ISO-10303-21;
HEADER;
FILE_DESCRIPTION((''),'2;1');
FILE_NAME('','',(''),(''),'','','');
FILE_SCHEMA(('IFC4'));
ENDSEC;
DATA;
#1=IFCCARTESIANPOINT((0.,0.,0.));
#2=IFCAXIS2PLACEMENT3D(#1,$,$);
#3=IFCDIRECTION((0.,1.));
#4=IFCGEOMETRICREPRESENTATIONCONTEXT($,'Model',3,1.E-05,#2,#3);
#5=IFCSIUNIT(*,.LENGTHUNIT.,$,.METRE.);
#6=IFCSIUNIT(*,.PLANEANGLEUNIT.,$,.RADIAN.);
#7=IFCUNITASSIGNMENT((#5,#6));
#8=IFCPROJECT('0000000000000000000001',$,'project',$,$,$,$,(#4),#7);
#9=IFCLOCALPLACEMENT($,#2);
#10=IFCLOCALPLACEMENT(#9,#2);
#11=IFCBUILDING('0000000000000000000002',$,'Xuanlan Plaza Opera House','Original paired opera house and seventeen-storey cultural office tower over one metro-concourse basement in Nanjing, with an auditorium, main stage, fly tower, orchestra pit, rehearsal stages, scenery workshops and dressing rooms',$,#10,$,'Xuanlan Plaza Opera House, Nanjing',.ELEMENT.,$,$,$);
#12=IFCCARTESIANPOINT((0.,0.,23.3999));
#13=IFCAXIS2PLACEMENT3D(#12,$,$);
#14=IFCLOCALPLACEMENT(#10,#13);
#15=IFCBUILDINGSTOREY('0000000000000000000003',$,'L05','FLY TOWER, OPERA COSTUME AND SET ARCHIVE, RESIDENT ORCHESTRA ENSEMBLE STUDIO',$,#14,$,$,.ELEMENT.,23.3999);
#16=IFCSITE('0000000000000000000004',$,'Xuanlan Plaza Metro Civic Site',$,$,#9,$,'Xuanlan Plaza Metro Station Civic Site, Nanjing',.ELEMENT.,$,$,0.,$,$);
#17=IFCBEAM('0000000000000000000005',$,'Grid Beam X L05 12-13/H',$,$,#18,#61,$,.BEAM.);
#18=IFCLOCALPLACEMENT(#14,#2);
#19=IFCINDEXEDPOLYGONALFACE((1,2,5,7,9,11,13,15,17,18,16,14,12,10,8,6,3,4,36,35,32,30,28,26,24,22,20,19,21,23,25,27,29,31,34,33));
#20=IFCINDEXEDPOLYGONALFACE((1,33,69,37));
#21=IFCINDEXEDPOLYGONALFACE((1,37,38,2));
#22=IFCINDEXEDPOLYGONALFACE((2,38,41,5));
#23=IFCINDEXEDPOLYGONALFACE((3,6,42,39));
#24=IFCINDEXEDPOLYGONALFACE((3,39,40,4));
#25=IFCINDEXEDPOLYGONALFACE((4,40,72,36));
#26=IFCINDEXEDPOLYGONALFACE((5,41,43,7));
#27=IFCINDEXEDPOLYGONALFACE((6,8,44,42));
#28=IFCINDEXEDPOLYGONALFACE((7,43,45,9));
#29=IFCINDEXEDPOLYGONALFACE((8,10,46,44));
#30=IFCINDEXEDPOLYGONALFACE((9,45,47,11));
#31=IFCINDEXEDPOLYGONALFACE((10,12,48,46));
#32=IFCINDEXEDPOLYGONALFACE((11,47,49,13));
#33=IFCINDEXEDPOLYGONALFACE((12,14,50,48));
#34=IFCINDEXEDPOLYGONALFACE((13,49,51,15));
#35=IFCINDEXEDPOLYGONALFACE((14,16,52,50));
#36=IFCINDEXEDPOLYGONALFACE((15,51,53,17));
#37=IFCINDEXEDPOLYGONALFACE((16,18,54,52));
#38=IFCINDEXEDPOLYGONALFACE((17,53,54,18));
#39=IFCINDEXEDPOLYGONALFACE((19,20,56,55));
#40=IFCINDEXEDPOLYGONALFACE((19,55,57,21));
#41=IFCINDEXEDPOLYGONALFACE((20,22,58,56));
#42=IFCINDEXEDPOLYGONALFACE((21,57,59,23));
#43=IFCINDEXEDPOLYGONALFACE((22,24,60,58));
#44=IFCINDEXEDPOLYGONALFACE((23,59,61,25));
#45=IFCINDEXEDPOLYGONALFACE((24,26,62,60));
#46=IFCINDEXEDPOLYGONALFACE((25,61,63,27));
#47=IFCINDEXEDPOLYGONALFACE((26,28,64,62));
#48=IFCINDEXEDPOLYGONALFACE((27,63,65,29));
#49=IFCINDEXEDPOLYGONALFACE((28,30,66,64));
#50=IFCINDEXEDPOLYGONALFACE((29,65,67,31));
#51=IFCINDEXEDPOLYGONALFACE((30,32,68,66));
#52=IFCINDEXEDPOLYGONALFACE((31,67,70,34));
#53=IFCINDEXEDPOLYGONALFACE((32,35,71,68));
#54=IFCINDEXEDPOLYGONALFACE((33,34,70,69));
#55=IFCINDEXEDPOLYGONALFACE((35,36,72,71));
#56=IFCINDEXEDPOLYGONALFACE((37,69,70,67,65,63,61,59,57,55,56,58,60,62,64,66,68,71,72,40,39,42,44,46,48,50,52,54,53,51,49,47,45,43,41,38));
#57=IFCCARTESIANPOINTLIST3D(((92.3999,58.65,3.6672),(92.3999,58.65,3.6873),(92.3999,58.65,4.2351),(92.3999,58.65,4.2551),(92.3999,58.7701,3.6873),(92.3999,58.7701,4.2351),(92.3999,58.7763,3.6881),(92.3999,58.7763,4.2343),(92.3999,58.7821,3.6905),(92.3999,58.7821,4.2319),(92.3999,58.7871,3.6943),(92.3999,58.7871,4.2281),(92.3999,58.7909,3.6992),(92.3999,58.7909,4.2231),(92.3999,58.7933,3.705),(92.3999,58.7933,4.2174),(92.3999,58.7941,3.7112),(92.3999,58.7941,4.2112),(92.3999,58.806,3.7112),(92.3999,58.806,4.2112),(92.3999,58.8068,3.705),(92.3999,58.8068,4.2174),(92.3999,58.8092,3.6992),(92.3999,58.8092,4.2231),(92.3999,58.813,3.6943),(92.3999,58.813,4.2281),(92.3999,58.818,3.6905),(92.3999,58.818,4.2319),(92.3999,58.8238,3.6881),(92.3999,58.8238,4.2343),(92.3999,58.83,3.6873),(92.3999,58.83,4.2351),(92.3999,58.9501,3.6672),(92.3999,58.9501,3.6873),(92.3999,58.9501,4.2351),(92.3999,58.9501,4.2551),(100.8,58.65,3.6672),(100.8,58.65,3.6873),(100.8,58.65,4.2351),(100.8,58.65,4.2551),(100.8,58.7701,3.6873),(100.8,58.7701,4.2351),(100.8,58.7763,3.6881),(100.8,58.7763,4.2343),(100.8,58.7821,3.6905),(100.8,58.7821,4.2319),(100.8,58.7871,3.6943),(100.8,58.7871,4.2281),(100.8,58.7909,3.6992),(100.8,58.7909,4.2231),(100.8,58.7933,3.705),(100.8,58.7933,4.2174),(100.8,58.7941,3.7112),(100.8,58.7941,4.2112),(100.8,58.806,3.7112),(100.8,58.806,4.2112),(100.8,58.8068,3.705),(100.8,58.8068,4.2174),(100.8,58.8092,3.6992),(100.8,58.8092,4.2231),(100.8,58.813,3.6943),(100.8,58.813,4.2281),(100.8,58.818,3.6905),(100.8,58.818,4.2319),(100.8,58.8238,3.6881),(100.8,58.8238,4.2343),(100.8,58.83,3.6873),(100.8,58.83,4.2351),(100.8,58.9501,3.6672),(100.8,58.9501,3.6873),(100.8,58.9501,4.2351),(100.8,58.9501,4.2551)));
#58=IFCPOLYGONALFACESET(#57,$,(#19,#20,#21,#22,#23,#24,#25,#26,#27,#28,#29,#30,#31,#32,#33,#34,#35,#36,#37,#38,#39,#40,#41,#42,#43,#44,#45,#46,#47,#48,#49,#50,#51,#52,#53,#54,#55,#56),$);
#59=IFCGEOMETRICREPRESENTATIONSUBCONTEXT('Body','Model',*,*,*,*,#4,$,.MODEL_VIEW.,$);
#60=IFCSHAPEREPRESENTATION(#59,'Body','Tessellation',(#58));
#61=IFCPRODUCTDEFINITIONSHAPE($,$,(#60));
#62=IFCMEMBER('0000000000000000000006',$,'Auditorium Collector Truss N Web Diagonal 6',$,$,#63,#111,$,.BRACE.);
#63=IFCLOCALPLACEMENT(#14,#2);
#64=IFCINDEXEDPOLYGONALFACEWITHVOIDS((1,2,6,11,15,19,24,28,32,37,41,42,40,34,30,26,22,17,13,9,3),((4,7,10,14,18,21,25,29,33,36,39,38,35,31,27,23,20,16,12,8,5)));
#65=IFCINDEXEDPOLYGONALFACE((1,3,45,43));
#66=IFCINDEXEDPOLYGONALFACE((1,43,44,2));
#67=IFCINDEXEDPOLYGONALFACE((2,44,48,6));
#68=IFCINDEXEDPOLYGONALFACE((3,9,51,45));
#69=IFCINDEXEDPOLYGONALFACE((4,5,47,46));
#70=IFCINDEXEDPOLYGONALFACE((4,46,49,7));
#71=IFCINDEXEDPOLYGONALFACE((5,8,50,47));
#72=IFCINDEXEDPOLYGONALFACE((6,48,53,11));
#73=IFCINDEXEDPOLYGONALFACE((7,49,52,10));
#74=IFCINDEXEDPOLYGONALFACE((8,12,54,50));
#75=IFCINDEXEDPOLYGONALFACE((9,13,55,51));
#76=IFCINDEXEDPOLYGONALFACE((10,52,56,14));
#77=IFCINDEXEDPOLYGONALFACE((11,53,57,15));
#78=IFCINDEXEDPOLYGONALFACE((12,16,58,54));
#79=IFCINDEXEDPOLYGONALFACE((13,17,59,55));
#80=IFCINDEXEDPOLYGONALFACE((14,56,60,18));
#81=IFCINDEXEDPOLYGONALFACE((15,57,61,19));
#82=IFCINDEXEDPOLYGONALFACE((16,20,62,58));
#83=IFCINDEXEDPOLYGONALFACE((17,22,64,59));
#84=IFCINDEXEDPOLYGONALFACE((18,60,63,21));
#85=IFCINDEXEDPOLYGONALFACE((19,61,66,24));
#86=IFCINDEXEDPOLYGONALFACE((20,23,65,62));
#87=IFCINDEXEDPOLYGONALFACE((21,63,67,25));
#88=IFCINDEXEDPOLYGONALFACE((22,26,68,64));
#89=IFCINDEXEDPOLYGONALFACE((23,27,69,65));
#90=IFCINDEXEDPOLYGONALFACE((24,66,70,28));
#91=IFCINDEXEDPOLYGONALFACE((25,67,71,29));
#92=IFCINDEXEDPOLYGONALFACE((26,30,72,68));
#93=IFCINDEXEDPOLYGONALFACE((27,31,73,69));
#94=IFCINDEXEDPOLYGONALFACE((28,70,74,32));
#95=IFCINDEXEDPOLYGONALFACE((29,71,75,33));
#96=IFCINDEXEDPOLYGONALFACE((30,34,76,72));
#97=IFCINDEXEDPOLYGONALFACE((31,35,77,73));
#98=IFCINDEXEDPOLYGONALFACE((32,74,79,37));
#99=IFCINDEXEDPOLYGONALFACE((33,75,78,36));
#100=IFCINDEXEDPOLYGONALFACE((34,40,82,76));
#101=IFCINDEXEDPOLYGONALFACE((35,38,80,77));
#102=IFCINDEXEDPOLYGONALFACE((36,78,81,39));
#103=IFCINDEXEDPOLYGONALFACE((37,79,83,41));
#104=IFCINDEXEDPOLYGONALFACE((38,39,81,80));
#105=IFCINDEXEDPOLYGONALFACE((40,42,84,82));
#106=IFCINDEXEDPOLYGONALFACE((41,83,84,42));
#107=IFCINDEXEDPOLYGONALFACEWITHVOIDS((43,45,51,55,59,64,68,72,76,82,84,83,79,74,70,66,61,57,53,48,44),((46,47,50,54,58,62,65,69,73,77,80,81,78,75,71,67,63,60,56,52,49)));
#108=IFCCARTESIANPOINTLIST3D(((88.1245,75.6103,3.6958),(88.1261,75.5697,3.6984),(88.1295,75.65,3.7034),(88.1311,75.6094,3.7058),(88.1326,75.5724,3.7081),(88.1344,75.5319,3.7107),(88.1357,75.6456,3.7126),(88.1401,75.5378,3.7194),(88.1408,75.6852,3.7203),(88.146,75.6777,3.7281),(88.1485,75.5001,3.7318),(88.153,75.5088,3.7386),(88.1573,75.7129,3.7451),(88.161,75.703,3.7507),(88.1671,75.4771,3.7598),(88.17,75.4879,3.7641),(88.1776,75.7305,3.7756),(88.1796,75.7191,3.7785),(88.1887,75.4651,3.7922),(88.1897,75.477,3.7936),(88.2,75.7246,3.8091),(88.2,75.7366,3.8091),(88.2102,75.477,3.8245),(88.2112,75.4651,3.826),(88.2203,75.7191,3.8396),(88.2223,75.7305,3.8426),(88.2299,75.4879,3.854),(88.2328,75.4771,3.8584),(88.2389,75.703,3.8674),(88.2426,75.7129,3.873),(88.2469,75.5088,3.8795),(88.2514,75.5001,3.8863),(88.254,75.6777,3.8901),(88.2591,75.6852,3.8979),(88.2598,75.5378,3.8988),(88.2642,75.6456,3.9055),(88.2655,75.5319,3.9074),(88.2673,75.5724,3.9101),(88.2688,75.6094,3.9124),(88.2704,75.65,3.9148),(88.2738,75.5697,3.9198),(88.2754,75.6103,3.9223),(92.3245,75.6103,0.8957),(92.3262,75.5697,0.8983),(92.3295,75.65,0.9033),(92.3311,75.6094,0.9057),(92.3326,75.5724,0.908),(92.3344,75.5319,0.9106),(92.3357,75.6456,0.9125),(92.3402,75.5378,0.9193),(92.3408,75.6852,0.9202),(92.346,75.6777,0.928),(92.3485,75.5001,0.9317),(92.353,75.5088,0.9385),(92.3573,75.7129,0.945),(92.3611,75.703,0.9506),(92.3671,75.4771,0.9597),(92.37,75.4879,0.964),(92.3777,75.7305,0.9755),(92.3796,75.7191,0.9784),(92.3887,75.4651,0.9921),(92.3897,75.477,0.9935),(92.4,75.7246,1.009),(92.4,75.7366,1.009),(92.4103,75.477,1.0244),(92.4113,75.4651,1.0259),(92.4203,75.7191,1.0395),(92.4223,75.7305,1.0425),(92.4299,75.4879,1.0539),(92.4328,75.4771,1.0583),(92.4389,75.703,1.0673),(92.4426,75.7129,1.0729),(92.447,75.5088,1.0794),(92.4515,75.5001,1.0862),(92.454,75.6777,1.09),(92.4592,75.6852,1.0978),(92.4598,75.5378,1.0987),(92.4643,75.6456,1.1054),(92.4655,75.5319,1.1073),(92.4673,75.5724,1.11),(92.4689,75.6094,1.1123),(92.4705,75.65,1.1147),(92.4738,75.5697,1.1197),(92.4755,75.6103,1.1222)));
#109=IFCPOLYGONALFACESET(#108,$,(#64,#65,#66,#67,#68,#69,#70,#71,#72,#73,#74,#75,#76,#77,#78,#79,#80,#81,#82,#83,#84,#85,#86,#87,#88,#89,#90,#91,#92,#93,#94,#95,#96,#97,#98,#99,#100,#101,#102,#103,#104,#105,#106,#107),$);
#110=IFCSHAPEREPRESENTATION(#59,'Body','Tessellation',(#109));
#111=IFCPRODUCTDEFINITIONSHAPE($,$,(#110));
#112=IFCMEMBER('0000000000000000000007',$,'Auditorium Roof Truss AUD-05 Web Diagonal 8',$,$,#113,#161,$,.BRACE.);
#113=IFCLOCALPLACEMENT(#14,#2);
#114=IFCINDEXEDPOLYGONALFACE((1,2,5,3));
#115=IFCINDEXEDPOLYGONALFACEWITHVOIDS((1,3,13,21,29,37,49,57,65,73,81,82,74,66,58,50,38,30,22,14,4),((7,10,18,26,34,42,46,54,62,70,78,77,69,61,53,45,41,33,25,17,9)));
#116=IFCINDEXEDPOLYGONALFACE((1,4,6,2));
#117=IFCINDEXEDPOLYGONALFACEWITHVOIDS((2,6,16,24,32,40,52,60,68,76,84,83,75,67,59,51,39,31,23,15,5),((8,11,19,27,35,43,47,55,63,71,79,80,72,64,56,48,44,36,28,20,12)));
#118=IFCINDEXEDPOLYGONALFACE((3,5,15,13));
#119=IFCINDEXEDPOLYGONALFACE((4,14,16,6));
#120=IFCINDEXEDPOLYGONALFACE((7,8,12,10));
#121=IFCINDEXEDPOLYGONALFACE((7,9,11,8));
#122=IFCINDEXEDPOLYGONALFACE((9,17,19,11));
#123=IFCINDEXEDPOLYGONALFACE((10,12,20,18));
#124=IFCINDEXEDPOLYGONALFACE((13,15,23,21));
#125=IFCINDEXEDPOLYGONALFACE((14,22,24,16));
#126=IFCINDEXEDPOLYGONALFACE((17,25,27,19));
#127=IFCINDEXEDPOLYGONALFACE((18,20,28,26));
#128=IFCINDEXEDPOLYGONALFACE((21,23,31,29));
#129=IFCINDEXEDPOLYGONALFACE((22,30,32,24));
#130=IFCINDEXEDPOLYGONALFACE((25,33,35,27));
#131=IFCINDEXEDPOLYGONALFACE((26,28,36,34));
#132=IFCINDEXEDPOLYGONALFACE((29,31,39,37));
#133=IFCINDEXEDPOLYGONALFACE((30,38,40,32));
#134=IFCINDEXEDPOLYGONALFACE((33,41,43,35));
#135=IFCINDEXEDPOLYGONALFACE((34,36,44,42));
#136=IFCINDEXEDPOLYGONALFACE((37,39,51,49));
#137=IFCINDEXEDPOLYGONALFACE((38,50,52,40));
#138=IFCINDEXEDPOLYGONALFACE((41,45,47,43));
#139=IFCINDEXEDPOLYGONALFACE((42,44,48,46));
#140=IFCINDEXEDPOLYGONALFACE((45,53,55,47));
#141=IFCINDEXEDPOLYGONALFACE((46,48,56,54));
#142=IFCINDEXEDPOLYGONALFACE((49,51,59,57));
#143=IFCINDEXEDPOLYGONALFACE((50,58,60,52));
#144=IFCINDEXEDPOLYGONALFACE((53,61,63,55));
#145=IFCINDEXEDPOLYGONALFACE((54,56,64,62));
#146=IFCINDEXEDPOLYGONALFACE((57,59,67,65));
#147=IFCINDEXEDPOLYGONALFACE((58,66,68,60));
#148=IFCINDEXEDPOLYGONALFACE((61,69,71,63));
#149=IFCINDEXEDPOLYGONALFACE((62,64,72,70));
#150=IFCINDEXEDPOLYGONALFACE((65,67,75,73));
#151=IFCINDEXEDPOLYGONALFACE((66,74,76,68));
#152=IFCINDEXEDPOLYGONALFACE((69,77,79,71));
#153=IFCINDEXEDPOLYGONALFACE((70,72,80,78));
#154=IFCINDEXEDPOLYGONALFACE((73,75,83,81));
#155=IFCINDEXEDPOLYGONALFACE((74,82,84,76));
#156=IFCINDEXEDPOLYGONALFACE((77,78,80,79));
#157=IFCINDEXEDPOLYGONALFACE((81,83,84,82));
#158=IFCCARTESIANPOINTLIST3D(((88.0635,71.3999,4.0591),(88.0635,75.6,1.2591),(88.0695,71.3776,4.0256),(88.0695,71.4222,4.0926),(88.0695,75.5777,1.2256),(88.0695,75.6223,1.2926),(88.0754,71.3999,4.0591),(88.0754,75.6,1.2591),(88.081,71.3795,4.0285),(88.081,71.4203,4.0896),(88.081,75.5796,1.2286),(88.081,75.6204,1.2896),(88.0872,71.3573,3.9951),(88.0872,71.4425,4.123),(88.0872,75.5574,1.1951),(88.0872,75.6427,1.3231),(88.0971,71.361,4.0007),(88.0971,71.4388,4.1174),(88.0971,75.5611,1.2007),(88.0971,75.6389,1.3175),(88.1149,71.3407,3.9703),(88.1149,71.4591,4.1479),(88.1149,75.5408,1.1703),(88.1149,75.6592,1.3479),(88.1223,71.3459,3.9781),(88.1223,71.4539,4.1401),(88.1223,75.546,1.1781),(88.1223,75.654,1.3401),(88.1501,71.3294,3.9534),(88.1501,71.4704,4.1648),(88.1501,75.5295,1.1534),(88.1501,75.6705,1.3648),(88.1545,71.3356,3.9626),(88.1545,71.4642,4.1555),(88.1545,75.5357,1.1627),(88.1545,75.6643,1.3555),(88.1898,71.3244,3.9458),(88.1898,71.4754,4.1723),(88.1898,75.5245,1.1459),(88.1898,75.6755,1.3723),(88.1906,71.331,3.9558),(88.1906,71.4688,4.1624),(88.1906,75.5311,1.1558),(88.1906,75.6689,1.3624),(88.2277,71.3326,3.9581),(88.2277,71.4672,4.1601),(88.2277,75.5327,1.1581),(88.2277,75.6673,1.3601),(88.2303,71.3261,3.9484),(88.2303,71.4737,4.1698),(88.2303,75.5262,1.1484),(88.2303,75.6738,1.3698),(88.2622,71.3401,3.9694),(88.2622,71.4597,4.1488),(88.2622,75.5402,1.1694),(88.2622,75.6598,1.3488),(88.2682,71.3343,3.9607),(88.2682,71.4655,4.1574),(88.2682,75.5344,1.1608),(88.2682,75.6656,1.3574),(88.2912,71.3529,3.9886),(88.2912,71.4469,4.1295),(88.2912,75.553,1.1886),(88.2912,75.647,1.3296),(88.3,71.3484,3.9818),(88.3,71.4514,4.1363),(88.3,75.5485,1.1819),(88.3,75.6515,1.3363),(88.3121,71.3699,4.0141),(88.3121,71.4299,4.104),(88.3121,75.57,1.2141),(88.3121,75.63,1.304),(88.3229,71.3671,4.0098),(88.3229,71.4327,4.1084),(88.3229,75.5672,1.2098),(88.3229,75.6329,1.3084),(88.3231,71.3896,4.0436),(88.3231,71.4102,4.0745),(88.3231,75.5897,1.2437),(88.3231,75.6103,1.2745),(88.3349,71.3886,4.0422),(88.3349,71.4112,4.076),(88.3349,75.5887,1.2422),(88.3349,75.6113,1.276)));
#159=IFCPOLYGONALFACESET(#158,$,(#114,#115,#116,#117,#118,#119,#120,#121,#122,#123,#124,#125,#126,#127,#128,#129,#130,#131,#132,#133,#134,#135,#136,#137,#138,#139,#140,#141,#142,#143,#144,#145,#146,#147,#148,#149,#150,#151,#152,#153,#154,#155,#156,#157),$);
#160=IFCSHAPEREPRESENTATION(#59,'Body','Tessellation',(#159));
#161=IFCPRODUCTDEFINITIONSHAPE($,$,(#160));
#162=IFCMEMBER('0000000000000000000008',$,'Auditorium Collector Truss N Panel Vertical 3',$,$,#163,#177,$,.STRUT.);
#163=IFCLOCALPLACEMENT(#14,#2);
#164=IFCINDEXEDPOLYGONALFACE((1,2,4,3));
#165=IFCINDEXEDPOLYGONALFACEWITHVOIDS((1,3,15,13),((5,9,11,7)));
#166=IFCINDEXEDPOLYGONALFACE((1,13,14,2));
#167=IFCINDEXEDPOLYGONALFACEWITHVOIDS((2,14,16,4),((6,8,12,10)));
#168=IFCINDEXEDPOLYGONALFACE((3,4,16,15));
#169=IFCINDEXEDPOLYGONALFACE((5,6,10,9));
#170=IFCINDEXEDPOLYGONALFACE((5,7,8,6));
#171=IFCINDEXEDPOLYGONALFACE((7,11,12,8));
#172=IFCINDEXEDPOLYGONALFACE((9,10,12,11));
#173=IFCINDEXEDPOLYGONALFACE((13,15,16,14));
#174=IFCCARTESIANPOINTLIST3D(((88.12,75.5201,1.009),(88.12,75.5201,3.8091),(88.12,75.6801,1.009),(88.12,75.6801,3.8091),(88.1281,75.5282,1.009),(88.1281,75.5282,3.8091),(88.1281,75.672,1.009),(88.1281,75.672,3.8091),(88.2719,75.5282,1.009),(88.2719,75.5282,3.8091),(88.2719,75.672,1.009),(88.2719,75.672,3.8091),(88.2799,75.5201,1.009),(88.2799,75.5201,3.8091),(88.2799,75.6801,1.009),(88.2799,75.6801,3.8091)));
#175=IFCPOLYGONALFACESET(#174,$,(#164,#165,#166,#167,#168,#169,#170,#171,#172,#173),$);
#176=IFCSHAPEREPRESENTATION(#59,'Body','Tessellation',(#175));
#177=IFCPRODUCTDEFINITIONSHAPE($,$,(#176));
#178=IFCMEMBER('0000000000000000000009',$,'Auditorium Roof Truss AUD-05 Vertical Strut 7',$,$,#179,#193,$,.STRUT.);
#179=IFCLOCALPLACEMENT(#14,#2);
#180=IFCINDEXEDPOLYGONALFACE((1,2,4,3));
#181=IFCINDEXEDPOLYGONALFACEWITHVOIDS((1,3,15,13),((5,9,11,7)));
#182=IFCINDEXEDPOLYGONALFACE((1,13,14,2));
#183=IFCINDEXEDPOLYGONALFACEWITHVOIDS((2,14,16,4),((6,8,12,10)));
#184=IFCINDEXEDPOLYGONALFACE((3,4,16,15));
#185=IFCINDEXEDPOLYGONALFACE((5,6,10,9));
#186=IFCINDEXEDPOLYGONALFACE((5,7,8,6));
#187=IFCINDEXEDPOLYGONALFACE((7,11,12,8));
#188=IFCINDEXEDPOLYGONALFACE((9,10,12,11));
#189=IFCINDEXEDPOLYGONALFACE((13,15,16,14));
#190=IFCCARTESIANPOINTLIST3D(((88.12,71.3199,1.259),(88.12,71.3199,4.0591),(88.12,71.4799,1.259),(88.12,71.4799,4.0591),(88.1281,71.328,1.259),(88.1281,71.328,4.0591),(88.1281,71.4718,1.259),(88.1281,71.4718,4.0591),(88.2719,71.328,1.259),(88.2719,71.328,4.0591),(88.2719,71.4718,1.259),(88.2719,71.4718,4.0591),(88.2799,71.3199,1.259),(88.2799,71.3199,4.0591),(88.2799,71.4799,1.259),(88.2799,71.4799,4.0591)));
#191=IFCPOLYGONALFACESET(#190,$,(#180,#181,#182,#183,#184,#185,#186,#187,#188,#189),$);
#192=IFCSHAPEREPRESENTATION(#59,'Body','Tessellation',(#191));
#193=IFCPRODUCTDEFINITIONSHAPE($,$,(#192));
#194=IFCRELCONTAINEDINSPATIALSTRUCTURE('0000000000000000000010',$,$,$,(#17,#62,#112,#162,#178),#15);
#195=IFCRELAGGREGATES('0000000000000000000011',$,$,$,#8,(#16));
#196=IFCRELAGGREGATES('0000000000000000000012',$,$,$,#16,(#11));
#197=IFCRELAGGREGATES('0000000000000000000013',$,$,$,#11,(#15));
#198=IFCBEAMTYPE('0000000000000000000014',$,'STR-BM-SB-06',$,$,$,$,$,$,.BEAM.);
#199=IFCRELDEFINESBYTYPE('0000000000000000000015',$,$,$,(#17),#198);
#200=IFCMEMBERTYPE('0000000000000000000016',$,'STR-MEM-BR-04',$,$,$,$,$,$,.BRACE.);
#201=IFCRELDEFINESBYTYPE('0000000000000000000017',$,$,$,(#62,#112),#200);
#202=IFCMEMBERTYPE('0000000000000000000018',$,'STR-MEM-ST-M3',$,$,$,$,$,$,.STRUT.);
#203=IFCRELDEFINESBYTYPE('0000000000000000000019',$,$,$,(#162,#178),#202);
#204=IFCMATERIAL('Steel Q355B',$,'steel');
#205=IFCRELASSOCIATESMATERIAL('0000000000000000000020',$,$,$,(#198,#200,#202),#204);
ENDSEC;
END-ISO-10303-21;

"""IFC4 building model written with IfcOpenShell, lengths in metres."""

from ifc_helpers import new_model, si_unit, direction, frame, origin, origin_2d, place, context, subcontext, project, spatial, hollow_rectangle, hollow_circle, i_section, extrude, material, material_profile, profile_set, type_object, element, save


model = new_model("IFC4")

# Units and contexts
model_context = context("Model", 3, precision=1e-05, world=origin(), true_north=direction((0.0, 1.0)))
body_context = subcontext(model_context, "Body", "Model", "MODEL_VIEW")
ifc_project = project(units=[si_unit("LENGTHUNIT", "METRE"), si_unit("PLANEANGLEUNIT", "RADIAN")], contexts=[model_context])

# Site, building, storey
site_placement = place(None, origin())
site = spatial("IfcSite", under=ifc_project, at=site_placement, Name="Xuanlan Plaza Metro Civic Site", LongName="Xuanlan Plaza Metro Station Civic Site, Nanjing", CompositionType="ELEMENT", RefElevation=0.0)
building_placement = place(site_placement, origin())
building = spatial("IfcBuilding", under=site, at=building_placement, Name="Xuanlan Plaza Opera House", Description="Original paired opera house and seventeen-storey cultural office tower over one metro-concourse basement in Nanjing, with an auditorium, main stage, fly tower, orchestra pit, rehearsal stages, scenery workshops and dressing rooms", LongName="Xuanlan Plaza Opera House, Nanjing", CompositionType="ELEMENT")
storey_placement = place(building_placement, frame((0.0, 0.0, 23.3999)))
storey = spatial("IfcBuildingStorey", under=building, at=storey_placement, Name="L05", Description="FLY TOWER, OPERA COSTUME AND SET ARCHIVE, RESIDENT ORCHESTRA ENSEMBLE STUDIO", CompositionType="ELEMENT", Elevation=23.3999)

# Beam
ifc_material_1 = material(Name="Steel Q355B", Category="steel")
ifc_material_profile_1 = material_profile(ifc_material_1, i_section(OverallWidth=0.3, OverallDepth=0.5879, WebThickness=0.012, FlangeThickness=0.02, FilletRadius=0.0239, at=origin_2d()), Name="HM 588x300x12x20")
ifc_profile_set_1 = profile_set([ifc_material_profile_1], Name="Steel Q355B")
beam_type_1 = type_object("IfcBeamType", Name="STR-BM-SB-06", PredefinedType="BEAM", material=ifc_profile_set_1)
beam_1_placement = place(storey_placement, frame((92.3999, 58.8, 3.9612), z_axis=(1.0, 0.0, 0.0), x_axis=(0.0, 1.0, 0.0)))
element("IfcBeam", 1, at=beam_1_placement, inside=storey, type_object=beam_type_1, Name="Grid Beam X L05 12-13/H", PredefinedType="BEAM", context=body_context, shape_type="SweptSolid", body=[
    extrude(i_section(OverallWidth=0.3, OverallDepth=0.5879, WebThickness=0.012, FlangeThickness=0.02, FilletRadius=0.0239, at=origin_2d()), origin(), (0.0, 0.0, 1.0), 8.4001),
])

# Members
ifc_material_profile_2 = material_profile(ifc_material_1, hollow_circle(Radius=0.1365, WallThickness=0.012, at=origin_2d()), Name="CHS 273x12")
ifc_profile_set_2 = profile_set([ifc_material_profile_2], Name="Steel Q355B")
member_type_1 = type_object("IfcMemberType", Name="STR-MEM-BR-04", PredefinedType="BRACE", material=ifc_profile_set_2)
for number, where, z_axis, x_axis, name in (
    (2, (88.2, 75.6001, 3.8091), (0.832043, 0.0, -0.554711), (0.0, 1.0, 0.0), "Auditorium Collector Truss N Web Diagonal 6"),
    (3, (88.2, 71.3999, 4.0591), (0.0, 0.832058, -0.554689), (-1.0, 0.0, 0.0), "Auditorium Roof Truss AUD-05 Web Diagonal 8"),
):
    element("IfcMember", number, at=place(storey_placement, frame(where, z_axis=z_axis, x_axis=x_axis)), inside=storey, type_object=member_type_1, Name=name, PredefinedType="BRACE", context=body_context, shape_type="SweptSolid", body=[
        extrude(hollow_circle(Radius=0.1365, WallThickness=0.012, at=origin_2d()), origin(), (0.0, 0.0, 1.0), 5.0479),
    ])
ifc_material_profile_3 = material_profile(ifc_material_1, hollow_rectangle(XDim=0.1599, YDim=0.1599, WallThickness=0.0081, at=origin_2d()), Name="SHS 160x160x8")
ifc_profile_set_3 = profile_set([ifc_material_profile_3], Name="Steel Q355B")
member_type_2 = type_object("IfcMemberType", Name="STR-MEM-ST-M3", PredefinedType="STRUT", material=ifc_profile_set_3)
for number, where, z_axis, x_axis, name in (
    (4, (88.2, 75.6001, 1.009), (0.0, 0.0, 1.0), (1.0, 0.0, 0.0), "Auditorium Collector Truss N Panel Vertical 3"),
    (5, (88.2, 71.3999, 1.259), (0.0, 0.0, 1.0), (1.0, 0.0, 0.0), "Auditorium Roof Truss AUD-05 Vertical Strut 7"),
):
    element("IfcMember", number, at=place(storey_placement, frame(where, z_axis=z_axis, x_axis=x_axis)), inside=storey, type_object=member_type_2, Name=name, PredefinedType="STRUT", context=body_context, shape_type="SweptSolid", body=[
        extrude(hollow_rectangle(XDim=0.1599, YDim=0.1599, WallThickness=0.0081, at=origin_2d()), origin(), (0.0, 0.0, 1.0), 2.8),
    ])

save(model, "model.ifc")
